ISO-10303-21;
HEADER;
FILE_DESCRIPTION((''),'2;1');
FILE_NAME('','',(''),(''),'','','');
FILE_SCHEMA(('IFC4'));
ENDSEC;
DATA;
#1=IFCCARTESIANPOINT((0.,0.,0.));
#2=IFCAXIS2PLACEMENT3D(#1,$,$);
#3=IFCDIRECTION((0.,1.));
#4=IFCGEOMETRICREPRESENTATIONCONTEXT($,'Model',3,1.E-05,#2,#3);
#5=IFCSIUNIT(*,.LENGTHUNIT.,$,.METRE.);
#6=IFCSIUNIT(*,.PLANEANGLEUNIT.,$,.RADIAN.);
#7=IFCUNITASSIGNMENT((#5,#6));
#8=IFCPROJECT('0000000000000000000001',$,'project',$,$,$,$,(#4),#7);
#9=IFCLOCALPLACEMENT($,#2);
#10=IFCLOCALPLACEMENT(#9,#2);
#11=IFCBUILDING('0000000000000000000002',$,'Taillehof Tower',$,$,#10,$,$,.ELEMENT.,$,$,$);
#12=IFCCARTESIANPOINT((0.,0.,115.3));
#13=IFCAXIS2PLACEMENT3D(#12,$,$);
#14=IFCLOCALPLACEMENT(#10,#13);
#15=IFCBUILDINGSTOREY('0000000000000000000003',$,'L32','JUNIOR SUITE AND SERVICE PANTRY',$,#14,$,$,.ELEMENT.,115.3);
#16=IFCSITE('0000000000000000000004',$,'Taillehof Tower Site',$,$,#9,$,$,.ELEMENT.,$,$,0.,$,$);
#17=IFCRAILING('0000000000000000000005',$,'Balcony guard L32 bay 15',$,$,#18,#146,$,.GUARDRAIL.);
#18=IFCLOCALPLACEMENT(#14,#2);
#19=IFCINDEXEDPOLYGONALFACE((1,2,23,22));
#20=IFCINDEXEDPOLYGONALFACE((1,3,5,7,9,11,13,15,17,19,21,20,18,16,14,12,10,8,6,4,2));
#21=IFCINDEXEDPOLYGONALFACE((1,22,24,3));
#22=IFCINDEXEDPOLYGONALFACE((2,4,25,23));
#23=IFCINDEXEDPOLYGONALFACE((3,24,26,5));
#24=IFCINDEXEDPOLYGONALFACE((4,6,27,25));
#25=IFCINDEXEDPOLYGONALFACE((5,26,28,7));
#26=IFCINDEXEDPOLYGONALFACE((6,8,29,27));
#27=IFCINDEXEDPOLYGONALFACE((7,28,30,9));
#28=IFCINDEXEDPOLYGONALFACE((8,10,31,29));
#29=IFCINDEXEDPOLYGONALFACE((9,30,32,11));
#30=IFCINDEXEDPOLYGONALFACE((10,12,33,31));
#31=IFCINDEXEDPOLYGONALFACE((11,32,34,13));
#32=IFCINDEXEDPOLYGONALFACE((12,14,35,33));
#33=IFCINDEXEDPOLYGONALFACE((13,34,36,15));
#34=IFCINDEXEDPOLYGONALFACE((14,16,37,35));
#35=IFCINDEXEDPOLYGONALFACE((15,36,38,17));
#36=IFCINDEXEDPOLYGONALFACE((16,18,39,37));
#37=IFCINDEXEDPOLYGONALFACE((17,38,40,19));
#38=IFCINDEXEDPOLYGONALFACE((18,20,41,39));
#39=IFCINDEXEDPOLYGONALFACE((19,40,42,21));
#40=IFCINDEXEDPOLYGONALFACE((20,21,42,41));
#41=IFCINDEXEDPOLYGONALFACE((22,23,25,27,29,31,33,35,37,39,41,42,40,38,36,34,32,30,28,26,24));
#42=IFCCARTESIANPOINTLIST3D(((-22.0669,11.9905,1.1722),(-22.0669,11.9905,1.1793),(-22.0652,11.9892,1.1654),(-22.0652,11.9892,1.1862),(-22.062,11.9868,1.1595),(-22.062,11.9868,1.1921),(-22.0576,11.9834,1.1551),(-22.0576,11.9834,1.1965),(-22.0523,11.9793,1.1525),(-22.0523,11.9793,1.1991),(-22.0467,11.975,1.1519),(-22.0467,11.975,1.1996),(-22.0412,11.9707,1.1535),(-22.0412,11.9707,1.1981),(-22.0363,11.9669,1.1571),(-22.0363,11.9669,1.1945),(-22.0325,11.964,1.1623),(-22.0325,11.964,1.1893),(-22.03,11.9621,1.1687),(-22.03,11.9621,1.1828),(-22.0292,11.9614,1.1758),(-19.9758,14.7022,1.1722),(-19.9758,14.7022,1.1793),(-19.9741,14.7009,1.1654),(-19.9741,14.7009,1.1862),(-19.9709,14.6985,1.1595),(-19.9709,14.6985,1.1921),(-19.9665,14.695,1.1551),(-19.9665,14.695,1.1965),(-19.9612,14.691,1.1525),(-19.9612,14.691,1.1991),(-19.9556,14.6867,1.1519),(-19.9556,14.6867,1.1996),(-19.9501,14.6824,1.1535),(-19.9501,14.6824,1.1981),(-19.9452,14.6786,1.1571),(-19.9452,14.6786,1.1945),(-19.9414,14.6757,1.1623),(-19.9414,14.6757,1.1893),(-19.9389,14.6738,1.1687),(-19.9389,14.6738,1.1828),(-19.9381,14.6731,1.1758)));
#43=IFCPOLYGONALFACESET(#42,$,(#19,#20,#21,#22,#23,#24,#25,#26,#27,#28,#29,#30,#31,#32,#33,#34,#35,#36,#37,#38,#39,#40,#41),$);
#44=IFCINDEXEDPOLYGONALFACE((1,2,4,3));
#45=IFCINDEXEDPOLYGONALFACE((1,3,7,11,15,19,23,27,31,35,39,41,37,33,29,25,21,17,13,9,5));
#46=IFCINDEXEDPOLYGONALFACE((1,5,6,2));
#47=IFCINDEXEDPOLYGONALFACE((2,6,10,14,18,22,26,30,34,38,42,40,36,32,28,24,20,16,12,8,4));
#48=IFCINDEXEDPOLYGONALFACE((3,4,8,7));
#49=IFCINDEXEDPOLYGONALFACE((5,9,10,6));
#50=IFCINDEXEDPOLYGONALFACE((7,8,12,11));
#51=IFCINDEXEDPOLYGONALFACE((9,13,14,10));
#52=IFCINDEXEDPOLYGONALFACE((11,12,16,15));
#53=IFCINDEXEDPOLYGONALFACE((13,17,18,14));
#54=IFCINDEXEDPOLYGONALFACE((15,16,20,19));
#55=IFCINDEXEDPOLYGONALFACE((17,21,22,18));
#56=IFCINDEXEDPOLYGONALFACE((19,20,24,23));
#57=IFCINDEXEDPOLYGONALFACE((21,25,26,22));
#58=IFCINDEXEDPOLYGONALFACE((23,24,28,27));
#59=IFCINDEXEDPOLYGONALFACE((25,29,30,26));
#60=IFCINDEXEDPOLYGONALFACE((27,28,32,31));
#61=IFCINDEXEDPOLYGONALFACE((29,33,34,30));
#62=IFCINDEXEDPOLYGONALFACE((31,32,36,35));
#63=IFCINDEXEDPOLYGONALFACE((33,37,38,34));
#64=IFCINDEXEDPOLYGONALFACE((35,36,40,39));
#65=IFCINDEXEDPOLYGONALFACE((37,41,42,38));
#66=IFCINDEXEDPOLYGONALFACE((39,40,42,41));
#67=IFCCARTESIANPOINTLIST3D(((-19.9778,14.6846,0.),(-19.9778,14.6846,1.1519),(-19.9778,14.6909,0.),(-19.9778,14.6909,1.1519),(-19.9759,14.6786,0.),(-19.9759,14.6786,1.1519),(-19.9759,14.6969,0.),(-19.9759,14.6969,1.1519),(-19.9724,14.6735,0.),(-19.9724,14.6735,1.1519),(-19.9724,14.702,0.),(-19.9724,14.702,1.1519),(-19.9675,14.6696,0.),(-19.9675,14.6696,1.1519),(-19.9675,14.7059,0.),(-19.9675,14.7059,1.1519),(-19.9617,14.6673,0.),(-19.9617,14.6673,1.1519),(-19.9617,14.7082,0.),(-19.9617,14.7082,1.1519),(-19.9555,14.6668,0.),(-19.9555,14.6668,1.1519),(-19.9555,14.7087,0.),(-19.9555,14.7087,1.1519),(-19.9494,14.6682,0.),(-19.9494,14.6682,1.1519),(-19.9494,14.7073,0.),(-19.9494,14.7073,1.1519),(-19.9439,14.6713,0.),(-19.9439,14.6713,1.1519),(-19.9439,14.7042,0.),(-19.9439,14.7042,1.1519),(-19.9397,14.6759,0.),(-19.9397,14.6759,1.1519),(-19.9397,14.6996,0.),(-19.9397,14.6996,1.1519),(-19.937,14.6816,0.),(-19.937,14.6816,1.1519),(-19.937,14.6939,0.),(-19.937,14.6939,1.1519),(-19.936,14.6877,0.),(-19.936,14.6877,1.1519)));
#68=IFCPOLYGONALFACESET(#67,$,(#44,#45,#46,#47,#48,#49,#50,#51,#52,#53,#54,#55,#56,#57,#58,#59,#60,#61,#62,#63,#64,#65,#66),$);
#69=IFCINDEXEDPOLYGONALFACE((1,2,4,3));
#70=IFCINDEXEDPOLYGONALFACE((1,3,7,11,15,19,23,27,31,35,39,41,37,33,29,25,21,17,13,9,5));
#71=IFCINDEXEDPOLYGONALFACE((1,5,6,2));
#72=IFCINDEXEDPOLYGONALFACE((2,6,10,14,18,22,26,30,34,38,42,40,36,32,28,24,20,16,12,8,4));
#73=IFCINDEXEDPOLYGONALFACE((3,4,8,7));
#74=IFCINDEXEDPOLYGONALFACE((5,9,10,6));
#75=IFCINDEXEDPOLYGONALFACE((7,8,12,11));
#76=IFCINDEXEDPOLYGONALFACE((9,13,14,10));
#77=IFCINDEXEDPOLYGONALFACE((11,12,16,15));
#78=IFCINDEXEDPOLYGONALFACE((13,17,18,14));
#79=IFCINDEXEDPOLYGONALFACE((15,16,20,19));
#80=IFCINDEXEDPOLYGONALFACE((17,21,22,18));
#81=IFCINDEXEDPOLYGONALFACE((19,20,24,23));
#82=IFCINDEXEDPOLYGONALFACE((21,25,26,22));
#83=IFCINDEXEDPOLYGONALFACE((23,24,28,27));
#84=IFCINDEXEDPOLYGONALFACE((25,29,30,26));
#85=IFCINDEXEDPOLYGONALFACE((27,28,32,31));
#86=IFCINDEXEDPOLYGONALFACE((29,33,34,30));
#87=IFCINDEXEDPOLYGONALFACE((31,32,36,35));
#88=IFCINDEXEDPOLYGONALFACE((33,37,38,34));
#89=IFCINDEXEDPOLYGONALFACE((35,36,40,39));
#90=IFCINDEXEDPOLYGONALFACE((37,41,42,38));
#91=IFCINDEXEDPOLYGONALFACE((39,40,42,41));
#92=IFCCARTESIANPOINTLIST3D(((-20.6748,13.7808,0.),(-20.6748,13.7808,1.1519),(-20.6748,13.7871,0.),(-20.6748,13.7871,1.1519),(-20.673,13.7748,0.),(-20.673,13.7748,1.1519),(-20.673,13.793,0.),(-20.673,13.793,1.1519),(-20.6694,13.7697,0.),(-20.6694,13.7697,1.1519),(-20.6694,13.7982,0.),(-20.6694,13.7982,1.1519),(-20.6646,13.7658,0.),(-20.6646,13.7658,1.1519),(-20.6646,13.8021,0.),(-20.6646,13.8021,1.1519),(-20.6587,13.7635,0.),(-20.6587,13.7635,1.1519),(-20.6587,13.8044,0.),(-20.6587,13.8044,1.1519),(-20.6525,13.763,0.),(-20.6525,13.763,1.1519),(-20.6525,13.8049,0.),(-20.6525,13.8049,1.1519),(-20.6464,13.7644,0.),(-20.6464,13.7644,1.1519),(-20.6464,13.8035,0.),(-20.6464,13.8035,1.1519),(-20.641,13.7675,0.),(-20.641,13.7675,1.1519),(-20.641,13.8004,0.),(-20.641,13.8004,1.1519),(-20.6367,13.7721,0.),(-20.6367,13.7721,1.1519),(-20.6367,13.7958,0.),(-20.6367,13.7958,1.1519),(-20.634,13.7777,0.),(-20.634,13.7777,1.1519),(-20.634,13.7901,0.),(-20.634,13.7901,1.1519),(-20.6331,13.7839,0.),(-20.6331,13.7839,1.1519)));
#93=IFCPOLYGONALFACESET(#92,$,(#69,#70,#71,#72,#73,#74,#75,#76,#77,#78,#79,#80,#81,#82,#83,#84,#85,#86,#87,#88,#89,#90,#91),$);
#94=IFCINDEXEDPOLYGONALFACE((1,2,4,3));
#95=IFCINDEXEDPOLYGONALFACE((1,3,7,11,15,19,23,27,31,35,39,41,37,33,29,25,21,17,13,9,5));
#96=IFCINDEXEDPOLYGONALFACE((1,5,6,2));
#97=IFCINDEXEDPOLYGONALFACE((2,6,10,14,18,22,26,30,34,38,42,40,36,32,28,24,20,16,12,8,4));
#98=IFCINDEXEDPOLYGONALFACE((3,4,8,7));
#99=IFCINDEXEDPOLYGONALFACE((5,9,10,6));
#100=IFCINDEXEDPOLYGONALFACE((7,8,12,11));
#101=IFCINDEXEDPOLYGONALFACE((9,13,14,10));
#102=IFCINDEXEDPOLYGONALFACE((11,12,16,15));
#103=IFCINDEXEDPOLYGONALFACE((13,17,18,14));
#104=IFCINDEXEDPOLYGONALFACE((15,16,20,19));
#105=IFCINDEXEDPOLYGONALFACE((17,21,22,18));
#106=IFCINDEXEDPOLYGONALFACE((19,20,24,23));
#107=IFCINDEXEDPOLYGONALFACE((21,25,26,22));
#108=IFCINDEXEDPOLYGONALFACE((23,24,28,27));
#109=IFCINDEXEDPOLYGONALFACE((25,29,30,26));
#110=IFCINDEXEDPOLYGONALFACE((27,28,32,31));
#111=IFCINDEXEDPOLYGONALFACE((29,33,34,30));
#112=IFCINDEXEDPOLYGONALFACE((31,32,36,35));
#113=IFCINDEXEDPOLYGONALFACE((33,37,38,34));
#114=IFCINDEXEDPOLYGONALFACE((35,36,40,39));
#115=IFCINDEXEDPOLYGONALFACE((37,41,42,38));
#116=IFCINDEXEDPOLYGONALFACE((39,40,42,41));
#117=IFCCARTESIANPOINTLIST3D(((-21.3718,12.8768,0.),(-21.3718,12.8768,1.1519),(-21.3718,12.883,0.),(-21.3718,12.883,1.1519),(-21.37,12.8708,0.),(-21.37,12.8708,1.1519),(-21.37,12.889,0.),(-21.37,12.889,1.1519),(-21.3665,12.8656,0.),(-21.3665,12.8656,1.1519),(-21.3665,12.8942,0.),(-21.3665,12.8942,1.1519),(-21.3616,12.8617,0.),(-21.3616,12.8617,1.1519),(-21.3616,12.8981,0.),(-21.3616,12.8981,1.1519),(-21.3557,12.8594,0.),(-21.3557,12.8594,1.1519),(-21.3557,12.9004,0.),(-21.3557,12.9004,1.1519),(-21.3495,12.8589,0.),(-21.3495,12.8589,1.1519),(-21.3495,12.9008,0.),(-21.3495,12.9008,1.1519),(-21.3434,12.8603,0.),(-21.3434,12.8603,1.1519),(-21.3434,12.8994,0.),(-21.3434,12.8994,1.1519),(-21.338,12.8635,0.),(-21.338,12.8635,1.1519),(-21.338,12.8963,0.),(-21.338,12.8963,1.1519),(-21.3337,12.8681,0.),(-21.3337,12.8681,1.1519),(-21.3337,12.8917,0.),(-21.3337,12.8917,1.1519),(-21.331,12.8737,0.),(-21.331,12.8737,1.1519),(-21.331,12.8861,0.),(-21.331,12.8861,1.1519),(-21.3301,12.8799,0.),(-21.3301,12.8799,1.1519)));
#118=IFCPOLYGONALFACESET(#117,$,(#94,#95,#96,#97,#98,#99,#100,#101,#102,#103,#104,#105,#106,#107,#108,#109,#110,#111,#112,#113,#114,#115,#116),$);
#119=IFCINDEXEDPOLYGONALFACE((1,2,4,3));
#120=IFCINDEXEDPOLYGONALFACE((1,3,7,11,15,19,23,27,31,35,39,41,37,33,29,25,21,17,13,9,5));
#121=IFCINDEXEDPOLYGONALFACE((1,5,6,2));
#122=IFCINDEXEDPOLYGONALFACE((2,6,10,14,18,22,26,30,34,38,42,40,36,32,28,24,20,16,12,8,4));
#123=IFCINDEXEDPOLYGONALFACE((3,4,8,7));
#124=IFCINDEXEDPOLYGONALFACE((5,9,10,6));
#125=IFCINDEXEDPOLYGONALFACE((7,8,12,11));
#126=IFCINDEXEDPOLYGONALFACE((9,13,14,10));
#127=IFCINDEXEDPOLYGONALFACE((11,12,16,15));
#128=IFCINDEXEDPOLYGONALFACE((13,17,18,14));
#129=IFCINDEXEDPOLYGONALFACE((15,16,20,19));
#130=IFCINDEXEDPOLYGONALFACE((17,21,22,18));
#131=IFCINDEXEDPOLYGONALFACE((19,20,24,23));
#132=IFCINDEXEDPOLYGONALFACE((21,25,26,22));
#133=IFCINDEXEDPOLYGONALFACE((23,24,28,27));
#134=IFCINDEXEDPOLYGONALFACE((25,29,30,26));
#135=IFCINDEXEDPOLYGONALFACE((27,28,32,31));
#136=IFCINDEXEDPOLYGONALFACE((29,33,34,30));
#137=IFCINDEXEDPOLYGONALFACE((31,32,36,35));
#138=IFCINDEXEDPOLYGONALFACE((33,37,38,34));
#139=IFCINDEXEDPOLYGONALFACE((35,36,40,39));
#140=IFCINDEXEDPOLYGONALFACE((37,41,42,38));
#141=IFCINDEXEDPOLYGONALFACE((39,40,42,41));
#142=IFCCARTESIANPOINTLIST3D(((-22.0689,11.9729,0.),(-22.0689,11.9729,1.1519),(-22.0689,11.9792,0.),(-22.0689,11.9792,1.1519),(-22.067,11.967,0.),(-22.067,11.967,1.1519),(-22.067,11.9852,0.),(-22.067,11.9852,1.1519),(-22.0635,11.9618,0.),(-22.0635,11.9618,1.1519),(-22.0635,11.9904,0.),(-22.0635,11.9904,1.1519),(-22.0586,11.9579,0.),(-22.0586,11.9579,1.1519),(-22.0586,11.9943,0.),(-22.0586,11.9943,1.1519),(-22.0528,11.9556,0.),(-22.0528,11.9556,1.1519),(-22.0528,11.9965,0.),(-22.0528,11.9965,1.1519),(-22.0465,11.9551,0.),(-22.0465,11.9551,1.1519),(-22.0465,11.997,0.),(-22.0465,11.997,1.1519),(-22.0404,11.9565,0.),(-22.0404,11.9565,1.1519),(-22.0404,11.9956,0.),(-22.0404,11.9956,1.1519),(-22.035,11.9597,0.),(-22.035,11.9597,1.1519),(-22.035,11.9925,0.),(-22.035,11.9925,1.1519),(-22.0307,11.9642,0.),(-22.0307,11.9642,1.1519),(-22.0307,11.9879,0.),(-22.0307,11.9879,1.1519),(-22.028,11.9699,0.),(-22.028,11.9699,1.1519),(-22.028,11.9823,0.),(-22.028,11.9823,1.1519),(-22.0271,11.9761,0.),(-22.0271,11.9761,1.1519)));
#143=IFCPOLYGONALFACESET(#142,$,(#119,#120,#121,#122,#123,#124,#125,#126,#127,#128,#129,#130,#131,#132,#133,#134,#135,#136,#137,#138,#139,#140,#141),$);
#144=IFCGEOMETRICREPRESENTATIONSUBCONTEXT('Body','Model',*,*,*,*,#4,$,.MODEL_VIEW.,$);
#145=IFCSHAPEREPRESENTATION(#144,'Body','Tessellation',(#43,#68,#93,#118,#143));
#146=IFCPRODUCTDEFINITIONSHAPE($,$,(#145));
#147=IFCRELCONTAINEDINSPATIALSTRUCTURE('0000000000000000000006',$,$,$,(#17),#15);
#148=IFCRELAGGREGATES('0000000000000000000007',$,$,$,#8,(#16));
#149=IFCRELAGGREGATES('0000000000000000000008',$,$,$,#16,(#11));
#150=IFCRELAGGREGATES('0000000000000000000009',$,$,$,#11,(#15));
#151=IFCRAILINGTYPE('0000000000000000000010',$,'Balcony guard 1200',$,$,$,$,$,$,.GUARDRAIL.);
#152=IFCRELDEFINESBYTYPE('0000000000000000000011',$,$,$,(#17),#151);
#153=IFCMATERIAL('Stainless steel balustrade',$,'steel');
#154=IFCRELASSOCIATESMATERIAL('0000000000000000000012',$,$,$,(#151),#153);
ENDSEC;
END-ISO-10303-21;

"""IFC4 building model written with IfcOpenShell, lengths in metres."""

from ifc_helpers import new_model, si_unit, direction, frame, origin, origin_2d, place, context, subcontext, project, spatial, circle, extrude, material, type_object, element, save


model = new_model("IFC4")

# Units and contexts
model_context = context("Model", 3, precision=1e-05, world=origin(), true_north=direction((0.0, 1.0)))
body_context = subcontext(model_context, "Body", "Model", "MODEL_VIEW")
ifc_project = project(units=[si_unit("LENGTHUNIT", "METRE"), si_unit("PLANEANGLEUNIT", "RADIAN")], contexts=[model_context])

# Site, building, storey
site_placement = place(None, origin())
site = spatial("IfcSite", under=ifc_project, at=site_placement, Name="Taillehof Tower Site", CompositionType="ELEMENT", RefElevation=0.0)
building_placement = place(site_placement, origin())
building = spatial("IfcBuilding", under=site, at=building_placement, Name="Taillehof Tower", CompositionType="ELEMENT")
storey_placement = place(building_placement, frame((0.0, 0.0, 115.3)))
storey = spatial("IfcBuildingStorey", under=building, at=storey_placement, Name="L32", Description="JUNIOR SUITE AND SERVICE PANTRY", CompositionType="ELEMENT", Elevation=115.3)

# Railing
ifc_material_1 = material(Name="Stainless steel balustrade", Category="steel")
railing_type_1 = type_object("IfcRailingType", Name="Balcony guard 1200", PredefinedType="GUARDRAIL", material=ifc_material_1)
railing_1_placement = place(storey_placement, frame((-19.957, 14.6877, 0.0)))
element("IfcRailing", 1, at=railing_1_placement, inside=storey, type_object=railing_type_1, Name="Balcony guard L32 bay 15", PredefinedType="GUARDRAIL", context=body_context, shape_type="SweptSolid", body=[
    extrude(circle(Radius=0.0239, at=origin_2d()), frame((0.0, 0.0, 1.1758), z_axis=(-0.610658, -0.791895, 0.0), x_axis=(0.791895, -0.610658, 0.0)), (0.0, 0.0, 1.0), 3.4243),
    extrude(circle(Radius=0.021, at=origin_2d()), origin(), (0.0, 0.0, 1.0), 1.1519),
    extrude(circle(Radius=0.021, at=origin_2d()), frame((-0.697, -0.9038, 0.0)), (0.0, 0.0, 1.0), 1.1519),
    extrude(circle(Radius=0.021, at=origin_2d()), frame((-1.394, -1.8079, 0.0)), (0.0, 0.0, 1.0), 1.1519),
    extrude(circle(Radius=0.021, at=origin_2d()), frame((-2.0911, -2.7117, 0.0)), (0.0, 0.0, 1.0), 1.1519),
])

save(model, "model.ifc")
